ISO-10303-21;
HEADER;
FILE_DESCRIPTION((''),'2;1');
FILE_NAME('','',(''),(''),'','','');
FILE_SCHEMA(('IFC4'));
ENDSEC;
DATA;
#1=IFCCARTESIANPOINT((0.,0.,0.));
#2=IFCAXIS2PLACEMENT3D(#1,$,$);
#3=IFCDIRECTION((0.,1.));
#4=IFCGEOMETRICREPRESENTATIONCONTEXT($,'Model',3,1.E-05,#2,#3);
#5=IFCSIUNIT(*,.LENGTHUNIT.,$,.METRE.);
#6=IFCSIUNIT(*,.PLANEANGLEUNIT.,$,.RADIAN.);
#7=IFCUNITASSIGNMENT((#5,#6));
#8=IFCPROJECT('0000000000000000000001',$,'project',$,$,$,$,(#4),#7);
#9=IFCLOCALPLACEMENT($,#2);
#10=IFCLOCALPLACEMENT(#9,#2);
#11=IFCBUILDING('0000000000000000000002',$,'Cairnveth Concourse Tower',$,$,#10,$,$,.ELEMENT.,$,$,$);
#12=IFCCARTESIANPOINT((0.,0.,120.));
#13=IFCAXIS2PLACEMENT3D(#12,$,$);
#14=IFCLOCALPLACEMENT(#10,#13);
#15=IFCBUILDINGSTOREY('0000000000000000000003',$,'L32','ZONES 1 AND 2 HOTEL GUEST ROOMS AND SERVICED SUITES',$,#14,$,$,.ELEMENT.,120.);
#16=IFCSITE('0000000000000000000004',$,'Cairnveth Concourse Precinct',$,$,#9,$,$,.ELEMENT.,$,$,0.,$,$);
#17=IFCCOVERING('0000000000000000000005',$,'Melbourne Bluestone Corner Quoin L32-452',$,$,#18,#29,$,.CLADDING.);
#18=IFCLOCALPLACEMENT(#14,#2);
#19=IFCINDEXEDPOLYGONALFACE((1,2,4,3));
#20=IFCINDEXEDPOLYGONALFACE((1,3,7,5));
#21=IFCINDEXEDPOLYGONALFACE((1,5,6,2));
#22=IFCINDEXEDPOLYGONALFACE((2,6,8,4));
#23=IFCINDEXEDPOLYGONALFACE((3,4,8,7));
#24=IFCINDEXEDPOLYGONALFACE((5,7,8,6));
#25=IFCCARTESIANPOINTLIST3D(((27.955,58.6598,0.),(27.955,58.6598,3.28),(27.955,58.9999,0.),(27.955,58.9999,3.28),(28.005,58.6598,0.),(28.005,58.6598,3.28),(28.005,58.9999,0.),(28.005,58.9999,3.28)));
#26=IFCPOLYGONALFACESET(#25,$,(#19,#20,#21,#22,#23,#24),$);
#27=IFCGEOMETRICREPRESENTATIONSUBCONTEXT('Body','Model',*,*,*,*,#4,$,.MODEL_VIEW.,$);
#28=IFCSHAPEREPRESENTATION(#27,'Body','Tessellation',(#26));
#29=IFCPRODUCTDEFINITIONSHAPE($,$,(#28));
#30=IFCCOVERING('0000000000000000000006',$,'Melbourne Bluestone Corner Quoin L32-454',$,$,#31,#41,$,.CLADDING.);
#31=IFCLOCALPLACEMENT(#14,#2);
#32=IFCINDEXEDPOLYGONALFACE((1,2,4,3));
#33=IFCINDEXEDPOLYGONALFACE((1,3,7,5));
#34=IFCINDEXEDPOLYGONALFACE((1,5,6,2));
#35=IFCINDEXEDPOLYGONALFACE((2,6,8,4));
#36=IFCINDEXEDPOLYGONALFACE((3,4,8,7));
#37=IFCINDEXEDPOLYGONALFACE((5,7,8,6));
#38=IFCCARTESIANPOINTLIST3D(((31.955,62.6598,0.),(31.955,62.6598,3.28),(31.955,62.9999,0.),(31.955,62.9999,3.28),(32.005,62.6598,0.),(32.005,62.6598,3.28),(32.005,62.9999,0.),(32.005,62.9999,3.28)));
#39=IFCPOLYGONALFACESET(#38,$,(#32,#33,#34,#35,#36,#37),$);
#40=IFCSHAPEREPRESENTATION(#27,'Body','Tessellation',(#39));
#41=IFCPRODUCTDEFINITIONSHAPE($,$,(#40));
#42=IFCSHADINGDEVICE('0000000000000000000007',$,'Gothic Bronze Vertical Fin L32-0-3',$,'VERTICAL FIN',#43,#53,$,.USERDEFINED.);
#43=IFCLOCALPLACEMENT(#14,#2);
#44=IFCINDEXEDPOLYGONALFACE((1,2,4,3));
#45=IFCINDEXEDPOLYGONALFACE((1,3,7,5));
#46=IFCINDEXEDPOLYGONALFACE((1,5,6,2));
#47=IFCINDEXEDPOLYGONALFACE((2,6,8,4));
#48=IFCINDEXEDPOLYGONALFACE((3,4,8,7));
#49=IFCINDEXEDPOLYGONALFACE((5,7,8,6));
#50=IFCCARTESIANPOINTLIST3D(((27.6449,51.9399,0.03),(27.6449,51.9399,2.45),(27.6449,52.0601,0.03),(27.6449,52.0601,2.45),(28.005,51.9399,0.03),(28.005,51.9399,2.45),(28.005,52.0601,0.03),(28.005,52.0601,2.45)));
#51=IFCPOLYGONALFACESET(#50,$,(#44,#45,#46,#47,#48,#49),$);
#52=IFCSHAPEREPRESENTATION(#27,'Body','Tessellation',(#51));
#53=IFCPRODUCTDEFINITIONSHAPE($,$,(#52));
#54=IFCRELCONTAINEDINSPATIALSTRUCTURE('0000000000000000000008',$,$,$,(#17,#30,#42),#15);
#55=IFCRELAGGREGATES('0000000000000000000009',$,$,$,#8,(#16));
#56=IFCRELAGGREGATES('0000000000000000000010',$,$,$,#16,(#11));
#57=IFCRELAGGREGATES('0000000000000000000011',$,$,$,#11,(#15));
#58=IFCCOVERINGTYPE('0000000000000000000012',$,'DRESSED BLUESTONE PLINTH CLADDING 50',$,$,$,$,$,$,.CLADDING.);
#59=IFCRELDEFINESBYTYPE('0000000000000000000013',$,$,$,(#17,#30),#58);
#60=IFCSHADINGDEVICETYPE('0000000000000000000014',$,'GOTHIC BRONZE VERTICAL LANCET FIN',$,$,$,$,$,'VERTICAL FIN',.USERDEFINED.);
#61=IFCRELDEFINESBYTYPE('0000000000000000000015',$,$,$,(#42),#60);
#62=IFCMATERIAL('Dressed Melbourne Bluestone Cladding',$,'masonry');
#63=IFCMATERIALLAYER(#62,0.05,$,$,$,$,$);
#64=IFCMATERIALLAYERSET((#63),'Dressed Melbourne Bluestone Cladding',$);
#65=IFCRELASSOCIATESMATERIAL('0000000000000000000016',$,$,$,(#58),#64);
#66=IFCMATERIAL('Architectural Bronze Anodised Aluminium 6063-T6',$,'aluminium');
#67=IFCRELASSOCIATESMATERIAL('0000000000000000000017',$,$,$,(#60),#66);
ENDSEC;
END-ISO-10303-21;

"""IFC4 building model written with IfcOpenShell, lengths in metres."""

from ifc_helpers import new_model, si_unit, direction, frame, frame_2d, origin, origin_2d, place, context, subcontext, project, spatial, rectangle, extrude, material, layer, layer_set, type_object, element, save


model = new_model("IFC4")

# Units and contexts
model_context = context("Model", 3, precision=1e-05, world=origin(), true_north=direction((0.0, 1.0)))
body_context = subcontext(model_context, "Body", "Model", "MODEL_VIEW")
ifc_project = project(units=[si_unit("LENGTHUNIT", "METRE"), si_unit("PLANEANGLEUNIT", "RADIAN")], contexts=[model_context])

# Site, building, storey
site_placement = place(None, origin())
site = spatial("IfcSite", under=ifc_project, at=site_placement, Name="Cairnveth Concourse Precinct", CompositionType="ELEMENT", RefElevation=0.0)
building_placement = place(site_placement, origin())
building = spatial("IfcBuilding", under=site, at=building_placement, Name="Cairnveth Concourse Tower", CompositionType="ELEMENT")
storey_placement = place(building_placement, frame((0.0, 0.0, 120.0)))
storey = spatial("IfcBuildingStorey", under=building, at=storey_placement, Name="L32", Description="ZONES 1 AND 2 HOTEL GUEST ROOMS AND SERVICED SUITES", CompositionType="ELEMENT", Elevation=120.0)

# Coverings
ifc_material_1 = material(Name="Dressed Melbourne Bluestone Cladding", Category="masonry")
ifc_layer_1 = layer(ifc_material_1, 0.05)
ifc_layer_set_1 = layer_set([ifc_layer_1], Name="Dressed Melbourne Bluestone Cladding")
covering_type = type_object("IfcCoveringType", Name="DRESSED BLUESTONE PLINTH CLADDING 50", PredefinedType="CLADDING", material=ifc_layer_set_1)
for number, where, z_axis, x_axis, name in (
    (1, (27.98, 58.6599, 0.0), (0.0, 0.0, 1.0), (0.0, 1.0, 0.0), "Melbourne Bluestone Corner Quoin L32-452"),
    (2, (31.98, 62.6599, 0.0), (0.0, 0.0, 1.0), (0.0, 1.0, 0.0), "Melbourne Bluestone Corner Quoin L32-454"),
):
    element("IfcCovering", number, at=place(storey_placement, frame(where, z_axis=z_axis, x_axis=x_axis)), inside=storey, type_object=covering_type, Name=name, PredefinedType="CLADDING", context=body_context, shape_type="SweptSolid", body=[
        extrude(rectangle(XDim=0.3401, YDim=0.05, at=frame_2d((0.1699, 0.0))), origin(), (0.0, 0.0, 1.0), 3.28),
    ])

# Shading device
ifc_material_2 = material(Name="Architectural Bronze Anodised Aluminium 6063-T6", Category="aluminium")
shading_device_type = type_object("IfcShadingDeviceType", Name="GOTHIC BRONZE VERTICAL LANCET FIN", ElementType="VERTICAL FIN", PredefinedType="USERDEFINED", material=ifc_material_2)
shading_device_placement = place(storey_placement, frame((27.825, 52.0, 0.03), z_axis=(0.0, 0.0, 1.0), x_axis=(0.0, 1.0, 0.0)))
element("IfcShadingDevice", 3, at=shading_device_placement, inside=storey, type_object=shading_device_type, Name="Gothic Bronze Vertical Fin L32-0-3", ObjectType="VERTICAL FIN", PredefinedType="USERDEFINED", context=body_context, shape_type="SweptSolid", body=[
    extrude(rectangle(XDim=0.1201, YDim=0.3601, at=origin_2d()), origin(), (0.0, 0.0, 1.0), 2.4199),
])

save(model, "model.ifc")
